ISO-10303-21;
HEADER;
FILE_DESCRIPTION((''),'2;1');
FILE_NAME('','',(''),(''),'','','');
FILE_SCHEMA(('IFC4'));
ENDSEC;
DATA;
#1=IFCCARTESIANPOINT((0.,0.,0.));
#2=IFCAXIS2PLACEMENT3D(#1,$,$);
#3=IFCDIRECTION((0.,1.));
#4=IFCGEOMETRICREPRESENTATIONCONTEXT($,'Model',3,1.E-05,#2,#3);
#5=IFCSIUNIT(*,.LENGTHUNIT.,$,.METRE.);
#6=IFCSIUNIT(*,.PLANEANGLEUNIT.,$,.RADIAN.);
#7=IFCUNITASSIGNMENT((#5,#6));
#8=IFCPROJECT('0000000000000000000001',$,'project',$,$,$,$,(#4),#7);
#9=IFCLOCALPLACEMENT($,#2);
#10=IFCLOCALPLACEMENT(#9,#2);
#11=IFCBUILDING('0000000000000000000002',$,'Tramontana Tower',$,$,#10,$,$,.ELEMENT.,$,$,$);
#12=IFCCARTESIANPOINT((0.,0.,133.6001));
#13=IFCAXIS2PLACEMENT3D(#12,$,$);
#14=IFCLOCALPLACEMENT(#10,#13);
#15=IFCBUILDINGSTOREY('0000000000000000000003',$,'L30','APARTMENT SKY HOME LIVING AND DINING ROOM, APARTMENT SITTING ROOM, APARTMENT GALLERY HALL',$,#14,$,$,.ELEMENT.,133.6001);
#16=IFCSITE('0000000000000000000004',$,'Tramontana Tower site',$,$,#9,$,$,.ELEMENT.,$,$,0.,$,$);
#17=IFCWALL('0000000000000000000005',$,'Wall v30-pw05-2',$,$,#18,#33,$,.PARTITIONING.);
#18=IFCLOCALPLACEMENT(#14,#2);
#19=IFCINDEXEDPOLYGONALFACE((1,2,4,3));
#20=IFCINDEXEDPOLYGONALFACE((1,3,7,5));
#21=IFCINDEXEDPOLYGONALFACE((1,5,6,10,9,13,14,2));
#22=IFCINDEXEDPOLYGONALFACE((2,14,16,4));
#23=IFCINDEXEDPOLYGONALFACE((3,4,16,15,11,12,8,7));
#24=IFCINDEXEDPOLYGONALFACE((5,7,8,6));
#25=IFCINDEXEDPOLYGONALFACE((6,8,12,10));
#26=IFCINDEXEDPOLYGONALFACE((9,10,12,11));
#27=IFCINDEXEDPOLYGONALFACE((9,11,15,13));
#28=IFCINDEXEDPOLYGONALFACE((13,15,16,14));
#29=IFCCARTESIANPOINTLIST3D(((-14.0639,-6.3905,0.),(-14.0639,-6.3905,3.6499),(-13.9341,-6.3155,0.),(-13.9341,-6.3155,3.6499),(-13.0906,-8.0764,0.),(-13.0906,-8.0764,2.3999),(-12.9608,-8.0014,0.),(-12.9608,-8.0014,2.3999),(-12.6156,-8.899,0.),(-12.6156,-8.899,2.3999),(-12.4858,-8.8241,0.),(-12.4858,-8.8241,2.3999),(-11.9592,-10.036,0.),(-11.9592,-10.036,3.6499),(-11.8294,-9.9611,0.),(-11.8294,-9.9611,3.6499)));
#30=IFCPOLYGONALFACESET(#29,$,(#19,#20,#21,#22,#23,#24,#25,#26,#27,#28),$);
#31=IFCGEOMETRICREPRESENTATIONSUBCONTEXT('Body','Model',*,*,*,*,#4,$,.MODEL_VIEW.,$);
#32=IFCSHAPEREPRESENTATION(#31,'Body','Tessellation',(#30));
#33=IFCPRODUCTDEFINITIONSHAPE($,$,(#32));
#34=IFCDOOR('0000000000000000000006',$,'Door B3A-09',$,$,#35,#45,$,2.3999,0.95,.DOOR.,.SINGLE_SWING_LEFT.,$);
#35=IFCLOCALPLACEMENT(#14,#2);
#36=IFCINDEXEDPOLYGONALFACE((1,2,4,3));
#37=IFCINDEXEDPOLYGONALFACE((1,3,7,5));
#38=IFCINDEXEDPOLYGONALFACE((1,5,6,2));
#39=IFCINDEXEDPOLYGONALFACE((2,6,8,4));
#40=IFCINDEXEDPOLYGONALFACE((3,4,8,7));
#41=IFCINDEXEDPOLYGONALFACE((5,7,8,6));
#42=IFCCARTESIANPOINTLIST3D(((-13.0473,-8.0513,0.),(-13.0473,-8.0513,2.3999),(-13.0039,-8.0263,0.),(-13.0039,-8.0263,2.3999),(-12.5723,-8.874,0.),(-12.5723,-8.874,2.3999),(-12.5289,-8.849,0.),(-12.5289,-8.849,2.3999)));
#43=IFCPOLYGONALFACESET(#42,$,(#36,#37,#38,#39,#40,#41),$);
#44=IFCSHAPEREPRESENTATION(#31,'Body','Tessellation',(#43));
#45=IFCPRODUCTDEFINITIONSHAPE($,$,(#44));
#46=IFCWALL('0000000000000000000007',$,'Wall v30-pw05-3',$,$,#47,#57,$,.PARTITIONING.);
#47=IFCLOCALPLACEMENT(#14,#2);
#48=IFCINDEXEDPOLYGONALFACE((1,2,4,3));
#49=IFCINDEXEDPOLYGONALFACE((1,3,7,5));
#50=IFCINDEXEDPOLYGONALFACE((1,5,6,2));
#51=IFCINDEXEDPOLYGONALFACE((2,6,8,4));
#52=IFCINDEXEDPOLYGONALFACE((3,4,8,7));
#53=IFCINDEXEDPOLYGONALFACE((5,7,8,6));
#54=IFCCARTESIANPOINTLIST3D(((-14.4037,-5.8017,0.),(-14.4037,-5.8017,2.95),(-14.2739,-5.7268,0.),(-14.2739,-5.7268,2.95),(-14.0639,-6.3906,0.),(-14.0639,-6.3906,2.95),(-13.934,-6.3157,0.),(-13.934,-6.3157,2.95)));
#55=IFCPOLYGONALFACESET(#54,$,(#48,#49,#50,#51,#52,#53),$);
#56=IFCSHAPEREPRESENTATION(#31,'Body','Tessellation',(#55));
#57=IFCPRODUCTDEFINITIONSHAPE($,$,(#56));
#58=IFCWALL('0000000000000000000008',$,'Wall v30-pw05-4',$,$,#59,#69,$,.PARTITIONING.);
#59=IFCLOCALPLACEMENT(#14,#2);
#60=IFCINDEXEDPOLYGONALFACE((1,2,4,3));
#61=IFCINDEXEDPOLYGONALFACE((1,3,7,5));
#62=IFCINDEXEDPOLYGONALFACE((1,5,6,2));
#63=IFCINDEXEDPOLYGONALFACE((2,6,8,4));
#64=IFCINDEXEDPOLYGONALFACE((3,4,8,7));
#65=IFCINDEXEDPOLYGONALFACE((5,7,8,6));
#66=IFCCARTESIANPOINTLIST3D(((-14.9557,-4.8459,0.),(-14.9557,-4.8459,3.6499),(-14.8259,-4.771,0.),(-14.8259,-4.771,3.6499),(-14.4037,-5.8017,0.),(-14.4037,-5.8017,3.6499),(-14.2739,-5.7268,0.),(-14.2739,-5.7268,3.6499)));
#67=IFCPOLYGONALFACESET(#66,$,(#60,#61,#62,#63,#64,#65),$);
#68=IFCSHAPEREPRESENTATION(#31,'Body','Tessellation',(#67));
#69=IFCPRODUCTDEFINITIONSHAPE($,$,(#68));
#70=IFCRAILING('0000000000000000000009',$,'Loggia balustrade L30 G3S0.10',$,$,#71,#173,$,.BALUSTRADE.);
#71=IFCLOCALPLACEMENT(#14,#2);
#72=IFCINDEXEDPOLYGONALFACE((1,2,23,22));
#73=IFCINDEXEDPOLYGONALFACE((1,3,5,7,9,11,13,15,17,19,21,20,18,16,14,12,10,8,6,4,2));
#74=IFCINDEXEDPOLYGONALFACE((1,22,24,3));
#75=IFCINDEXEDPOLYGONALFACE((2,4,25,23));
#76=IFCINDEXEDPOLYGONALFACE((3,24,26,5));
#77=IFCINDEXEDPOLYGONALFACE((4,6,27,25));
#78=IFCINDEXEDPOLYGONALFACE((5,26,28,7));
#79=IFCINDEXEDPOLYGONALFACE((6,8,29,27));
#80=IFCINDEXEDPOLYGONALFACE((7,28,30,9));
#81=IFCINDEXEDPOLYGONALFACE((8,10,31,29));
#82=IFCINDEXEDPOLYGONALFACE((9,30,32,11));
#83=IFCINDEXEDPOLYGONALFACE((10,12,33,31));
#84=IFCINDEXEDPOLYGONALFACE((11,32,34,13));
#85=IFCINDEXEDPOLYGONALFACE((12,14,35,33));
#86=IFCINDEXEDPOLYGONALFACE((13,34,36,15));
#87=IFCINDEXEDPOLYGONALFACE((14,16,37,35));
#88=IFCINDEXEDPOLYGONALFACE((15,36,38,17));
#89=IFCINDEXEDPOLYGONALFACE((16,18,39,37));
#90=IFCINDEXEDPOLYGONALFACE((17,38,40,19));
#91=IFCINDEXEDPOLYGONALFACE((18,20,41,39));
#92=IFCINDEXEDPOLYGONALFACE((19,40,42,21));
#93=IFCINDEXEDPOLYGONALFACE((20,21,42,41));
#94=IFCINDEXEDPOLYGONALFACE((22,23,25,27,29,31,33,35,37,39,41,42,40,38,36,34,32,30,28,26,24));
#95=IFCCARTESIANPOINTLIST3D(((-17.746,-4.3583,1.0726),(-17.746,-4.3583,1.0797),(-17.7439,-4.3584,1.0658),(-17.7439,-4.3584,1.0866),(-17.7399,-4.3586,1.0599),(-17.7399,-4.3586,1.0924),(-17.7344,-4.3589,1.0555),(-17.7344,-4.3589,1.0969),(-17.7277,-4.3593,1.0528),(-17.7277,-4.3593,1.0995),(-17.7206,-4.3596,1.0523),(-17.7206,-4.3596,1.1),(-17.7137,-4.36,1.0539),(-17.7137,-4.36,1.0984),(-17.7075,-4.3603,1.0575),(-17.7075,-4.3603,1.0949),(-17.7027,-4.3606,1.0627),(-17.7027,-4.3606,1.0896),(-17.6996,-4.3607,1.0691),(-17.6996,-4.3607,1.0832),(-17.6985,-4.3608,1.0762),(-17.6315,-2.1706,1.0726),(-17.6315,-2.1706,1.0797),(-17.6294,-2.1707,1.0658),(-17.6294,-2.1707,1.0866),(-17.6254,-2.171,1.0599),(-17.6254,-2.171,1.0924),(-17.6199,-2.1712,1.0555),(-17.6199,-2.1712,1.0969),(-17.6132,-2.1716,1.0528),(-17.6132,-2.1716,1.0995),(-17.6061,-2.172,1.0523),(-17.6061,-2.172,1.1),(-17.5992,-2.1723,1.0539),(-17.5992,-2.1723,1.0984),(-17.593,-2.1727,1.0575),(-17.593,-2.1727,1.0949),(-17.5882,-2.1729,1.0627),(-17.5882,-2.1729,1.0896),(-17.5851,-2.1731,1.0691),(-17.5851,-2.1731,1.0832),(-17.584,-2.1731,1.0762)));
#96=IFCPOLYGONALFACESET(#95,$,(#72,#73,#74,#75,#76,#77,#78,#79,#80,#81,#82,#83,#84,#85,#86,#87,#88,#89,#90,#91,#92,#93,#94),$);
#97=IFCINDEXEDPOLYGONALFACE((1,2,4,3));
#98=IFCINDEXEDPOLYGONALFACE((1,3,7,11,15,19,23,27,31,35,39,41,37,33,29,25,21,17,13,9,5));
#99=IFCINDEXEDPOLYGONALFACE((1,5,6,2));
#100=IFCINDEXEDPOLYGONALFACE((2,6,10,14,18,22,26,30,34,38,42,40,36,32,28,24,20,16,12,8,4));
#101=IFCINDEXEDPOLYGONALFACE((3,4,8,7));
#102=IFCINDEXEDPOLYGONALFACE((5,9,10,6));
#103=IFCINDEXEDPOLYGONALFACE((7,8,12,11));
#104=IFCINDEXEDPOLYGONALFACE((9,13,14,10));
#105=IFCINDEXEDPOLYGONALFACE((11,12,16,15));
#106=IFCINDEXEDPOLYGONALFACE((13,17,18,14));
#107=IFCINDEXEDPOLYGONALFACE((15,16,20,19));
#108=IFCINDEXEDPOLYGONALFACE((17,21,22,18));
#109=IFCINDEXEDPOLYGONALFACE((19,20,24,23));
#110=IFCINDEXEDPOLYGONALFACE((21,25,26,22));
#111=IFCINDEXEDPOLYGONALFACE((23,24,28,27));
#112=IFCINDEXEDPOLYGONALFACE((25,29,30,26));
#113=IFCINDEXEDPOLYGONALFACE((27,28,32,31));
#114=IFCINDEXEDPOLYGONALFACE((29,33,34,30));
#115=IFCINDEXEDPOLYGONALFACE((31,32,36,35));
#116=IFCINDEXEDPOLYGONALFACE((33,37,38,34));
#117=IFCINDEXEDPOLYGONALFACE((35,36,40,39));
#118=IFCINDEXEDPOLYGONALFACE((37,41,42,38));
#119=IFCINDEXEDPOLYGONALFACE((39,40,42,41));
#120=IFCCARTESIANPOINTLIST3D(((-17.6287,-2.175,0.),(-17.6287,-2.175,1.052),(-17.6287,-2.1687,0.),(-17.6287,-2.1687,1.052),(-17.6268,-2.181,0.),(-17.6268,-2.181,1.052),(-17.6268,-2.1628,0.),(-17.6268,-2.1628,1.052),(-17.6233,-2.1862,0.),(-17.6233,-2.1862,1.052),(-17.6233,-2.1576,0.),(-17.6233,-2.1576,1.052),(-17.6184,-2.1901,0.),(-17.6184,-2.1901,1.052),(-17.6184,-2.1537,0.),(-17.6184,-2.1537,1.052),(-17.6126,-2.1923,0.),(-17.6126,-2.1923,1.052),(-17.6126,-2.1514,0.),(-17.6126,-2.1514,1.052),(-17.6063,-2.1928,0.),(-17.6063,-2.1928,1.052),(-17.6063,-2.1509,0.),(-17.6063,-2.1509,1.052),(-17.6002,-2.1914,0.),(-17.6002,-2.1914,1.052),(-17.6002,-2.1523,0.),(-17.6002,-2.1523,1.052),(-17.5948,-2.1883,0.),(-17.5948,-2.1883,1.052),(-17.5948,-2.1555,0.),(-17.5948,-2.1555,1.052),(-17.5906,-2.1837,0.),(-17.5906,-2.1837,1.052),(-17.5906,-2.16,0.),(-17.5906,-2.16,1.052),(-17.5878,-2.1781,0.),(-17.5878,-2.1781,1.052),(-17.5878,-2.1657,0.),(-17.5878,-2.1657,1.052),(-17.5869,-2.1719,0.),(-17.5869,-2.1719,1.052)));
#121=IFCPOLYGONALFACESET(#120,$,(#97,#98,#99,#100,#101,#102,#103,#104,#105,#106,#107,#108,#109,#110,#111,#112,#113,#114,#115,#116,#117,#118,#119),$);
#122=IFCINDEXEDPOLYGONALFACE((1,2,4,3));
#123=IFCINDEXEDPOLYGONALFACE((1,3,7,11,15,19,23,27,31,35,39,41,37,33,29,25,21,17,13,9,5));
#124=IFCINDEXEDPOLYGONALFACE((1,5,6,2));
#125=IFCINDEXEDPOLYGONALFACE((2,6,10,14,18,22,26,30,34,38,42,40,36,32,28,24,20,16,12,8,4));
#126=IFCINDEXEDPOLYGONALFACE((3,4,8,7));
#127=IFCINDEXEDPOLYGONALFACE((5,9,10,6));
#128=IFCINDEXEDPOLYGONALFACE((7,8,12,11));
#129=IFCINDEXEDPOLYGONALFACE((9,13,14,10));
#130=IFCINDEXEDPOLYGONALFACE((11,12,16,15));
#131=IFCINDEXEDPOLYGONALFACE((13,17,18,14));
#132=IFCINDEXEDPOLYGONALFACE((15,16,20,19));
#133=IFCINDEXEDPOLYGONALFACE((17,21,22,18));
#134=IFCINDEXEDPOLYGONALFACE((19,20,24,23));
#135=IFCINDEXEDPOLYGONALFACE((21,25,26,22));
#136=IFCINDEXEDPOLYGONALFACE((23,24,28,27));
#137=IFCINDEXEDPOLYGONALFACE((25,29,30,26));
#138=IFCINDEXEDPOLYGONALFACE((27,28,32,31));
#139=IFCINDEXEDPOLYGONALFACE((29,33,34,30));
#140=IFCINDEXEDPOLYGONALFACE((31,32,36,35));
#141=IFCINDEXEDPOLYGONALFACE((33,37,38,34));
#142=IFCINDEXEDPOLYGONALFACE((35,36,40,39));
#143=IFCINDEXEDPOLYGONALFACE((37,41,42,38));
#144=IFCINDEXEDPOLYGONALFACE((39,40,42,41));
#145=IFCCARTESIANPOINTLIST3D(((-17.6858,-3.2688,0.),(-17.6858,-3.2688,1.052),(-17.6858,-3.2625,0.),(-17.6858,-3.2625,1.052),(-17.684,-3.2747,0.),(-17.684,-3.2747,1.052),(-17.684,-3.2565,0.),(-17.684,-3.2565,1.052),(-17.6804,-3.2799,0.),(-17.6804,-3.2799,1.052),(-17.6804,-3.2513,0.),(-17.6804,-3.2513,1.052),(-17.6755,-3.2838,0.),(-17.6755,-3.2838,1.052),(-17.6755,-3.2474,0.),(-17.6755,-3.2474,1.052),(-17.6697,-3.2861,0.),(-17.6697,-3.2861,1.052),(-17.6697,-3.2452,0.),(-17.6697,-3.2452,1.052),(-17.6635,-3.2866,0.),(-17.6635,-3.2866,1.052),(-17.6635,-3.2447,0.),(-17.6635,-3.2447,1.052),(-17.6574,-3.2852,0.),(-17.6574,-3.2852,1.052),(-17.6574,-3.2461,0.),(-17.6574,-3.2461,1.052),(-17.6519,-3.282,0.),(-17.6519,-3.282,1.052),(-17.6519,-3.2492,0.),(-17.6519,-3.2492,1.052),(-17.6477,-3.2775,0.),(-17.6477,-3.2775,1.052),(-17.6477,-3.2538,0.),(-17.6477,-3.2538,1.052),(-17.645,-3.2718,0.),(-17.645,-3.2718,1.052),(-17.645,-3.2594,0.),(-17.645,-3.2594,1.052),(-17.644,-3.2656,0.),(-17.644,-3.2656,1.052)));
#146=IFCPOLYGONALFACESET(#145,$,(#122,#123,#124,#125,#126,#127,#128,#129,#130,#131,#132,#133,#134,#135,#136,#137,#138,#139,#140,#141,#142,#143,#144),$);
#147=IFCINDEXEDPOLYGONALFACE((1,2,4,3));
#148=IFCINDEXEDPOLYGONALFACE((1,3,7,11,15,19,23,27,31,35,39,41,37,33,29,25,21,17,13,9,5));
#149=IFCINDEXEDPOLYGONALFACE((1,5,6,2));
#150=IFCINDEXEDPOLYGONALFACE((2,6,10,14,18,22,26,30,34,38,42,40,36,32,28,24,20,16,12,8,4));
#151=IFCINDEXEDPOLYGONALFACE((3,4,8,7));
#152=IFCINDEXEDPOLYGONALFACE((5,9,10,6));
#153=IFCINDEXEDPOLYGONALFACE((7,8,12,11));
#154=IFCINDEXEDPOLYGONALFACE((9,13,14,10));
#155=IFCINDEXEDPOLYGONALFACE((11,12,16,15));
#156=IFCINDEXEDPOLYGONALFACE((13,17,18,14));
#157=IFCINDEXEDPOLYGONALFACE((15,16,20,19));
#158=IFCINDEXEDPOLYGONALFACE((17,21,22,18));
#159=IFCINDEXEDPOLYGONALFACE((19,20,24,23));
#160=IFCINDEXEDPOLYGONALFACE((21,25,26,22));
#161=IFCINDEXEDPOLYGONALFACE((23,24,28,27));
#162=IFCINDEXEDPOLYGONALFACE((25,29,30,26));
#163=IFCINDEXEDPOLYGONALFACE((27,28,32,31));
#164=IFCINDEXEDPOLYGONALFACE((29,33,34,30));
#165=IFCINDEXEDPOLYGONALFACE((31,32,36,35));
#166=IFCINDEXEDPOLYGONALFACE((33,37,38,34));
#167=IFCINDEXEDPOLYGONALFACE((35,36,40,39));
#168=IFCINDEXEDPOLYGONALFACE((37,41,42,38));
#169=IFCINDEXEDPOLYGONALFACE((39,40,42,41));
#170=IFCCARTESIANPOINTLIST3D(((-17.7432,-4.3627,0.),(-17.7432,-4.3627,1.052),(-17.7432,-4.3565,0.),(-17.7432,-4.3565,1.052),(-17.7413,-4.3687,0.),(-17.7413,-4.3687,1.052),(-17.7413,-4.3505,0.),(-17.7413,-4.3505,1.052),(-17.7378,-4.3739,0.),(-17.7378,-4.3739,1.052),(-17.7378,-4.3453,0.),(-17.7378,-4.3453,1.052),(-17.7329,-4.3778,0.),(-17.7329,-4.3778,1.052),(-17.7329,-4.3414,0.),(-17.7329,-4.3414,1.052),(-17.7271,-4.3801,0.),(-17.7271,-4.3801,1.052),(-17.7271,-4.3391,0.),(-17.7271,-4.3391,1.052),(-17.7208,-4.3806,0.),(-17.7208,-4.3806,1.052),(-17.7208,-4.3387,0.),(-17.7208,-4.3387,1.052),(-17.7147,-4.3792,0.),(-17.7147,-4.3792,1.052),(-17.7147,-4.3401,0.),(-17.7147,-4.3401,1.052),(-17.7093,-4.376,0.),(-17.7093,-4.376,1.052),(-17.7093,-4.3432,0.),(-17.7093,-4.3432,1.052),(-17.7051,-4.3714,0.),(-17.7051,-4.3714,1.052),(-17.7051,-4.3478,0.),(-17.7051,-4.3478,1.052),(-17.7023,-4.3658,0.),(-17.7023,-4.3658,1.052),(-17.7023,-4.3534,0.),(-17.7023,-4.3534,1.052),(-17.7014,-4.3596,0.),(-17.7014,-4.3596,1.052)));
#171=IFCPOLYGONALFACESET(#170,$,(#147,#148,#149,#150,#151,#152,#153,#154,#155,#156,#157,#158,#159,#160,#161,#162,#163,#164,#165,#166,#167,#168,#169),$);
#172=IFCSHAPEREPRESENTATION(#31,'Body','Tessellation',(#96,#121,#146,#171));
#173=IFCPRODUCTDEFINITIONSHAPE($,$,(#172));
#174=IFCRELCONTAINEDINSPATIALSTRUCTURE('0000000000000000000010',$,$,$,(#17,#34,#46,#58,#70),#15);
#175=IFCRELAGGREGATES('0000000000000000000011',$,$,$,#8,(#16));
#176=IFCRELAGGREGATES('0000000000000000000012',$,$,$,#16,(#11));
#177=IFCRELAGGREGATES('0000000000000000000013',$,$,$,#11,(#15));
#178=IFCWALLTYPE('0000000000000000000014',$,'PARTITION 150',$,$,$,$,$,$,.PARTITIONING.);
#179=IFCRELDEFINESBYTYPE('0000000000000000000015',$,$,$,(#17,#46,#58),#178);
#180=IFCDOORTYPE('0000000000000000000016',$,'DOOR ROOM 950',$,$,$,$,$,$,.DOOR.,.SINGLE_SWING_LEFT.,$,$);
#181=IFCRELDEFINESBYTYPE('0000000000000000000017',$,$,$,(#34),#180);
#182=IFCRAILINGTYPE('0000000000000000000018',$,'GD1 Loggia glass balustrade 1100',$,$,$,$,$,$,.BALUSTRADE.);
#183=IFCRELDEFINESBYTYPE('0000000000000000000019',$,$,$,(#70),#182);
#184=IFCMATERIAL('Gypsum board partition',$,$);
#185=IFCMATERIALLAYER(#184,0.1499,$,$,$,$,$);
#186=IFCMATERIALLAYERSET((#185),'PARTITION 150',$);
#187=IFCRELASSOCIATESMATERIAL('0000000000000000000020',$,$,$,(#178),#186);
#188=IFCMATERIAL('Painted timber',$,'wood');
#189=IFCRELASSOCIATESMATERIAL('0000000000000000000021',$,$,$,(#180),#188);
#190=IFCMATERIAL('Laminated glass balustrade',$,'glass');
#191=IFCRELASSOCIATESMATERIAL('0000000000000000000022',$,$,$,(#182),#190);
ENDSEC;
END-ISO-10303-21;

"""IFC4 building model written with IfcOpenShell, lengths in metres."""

from ifc_helpers import new_model, si_unit, direction, frame, frame_2d, origin, origin_2d, place, context, subcontext, project, spatial, rectangle, circle, extrude, material, layer, layer_set, type_object, element, fill, save


model = new_model("IFC4")

# Units and contexts
model_context = context("Model", 3, precision=1e-05, world=origin(), true_north=direction((0.0, 1.0)))
body_context = subcontext(model_context, "Body", "Model", "MODEL_VIEW")
ifc_project = project(units=[si_unit("LENGTHUNIT", "METRE"), si_unit("PLANEANGLEUNIT", "RADIAN")], contexts=[model_context])

# Site, building, storey
site_placement = place(None, origin())
site = spatial("IfcSite", under=ifc_project, at=site_placement, Name="Tramontana Tower site", CompositionType="ELEMENT", RefElevation=0.0)
building_placement = place(site_placement, origin())
building = spatial("IfcBuilding", under=site, at=building_placement, Name="Tramontana Tower", CompositionType="ELEMENT")
storey_placement = place(building_placement, frame((0.0, 0.0, 133.6001)))
storey = spatial("IfcBuildingStorey", under=building, at=storey_placement, Name="L30", Description="APARTMENT SKY HOME LIVING AND DINING ROOM, APARTMENT SITTING ROOM, APARTMENT GALLERY HALL", CompositionType="ELEMENT", Elevation=133.6001)

# Shared definitions
ifc_material_1 = material(Name="Gypsum board partition")
ifc_layer_1 = layer(ifc_material_1, 0.1499)
ifc_layer_set_1 = layer_set([ifc_layer_1], Name="PARTITION 150")
wall_type_1 = type_object("IfcWallType", Name="PARTITION 150", PredefinedType="PARTITIONING", material=ifc_layer_set_1)

# Wall, opening, door
wall_1_placement = place(storey_placement, frame((-11.8943, -9.9985, 0.0), z_axis=(0.0, 0.0, 1.0), x_axis=(-0.5, 0.866025, 0.0)))
wall_1 = element("IfcWall", 1, at=wall_1_placement, inside=storey, type_object=wall_type_1, Name="Wall v30-pw05-2", PredefinedType="PARTITIONING", context=body_context, shape_type="SweptSolid", body=[
    extrude(rectangle(XDim=4.2095, YDim=0.1499, at=frame_2d((2.1047, 0.0))), origin(), (0.0, 0.0, 1.0), 3.6499),
])
opening_1_placement = place(wall_1_placement, frame((1.3127, 0.0, 0.0)))
opening_1 = element("IfcOpeningElement", 2, at=opening_1_placement, cuts=wall_1, PredefinedType="OPENING", context=body_context, shape_type="SweptSolid", body=[
    extrude(rectangle(XDim=0.95, YDim=2.3999, at=frame_2d((0.4751, 1.2))), frame((0.0, 0.085, 0.0), z_axis=(0.0, -1.0, 0.0), x_axis=(1.0, 0.0, 0.0)), (0.0, 0.0, 1.0), 0.1699),
])
ifc_material_2 = material(Name="Painted timber", Category="wood")
door_type_1 = type_object("IfcDoorType", Name="DOOR ROOM 950", OperationType="SINGLE_SWING_LEFT", PredefinedType="DOOR", material=ifc_material_2)
door_1_placement = place(opening_1_placement, origin())
door_1 = element("IfcDoor", 3, at=door_1_placement, inside=storey, type_object=door_type_1, Name="Door B3A-09", OperationType="SINGLE_SWING_LEFT", OverallHeight=2.3999, OverallWidth=0.95, PredefinedType="DOOR", context=body_context, shape_type="SweptSolid", body=[
    extrude(rectangle(XDim=0.95, YDim=2.3999, at=frame_2d((0.4751, 1.2))), frame((0.0, 0.0249, 0.0), z_axis=(0.0, -1.0, 0.0), x_axis=(1.0, 0.0, 0.0)), (0.0, 0.0, 1.0), 0.05),
])
fill(opening_1, door_1)

# Walls
wall_2_placement = place(storey_placement, frame((-13.999, -6.353, 0.0), z_axis=(0.0, 0.0, 1.0), x_axis=(-0.499847, 0.866114, 0.0)))
element("IfcWall", 4, at=wall_2_placement, inside=storey, type_object=wall_type_1, Name="Wall v30-pw05-3", PredefinedType="PARTITIONING", context=body_context, shape_type="SweptSolid", body=[
    extrude(rectangle(XDim=0.6799, YDim=0.1499, at=frame_2d((0.3398, 0.0))), origin(), (0.0, 0.0, 1.0), 2.95),
])
wall_3_placement = place(storey_placement, frame((-14.3389, -5.7642, 0.0), z_axis=(0.0, 0.0, 1.0), x_axis=(-0.500112, 0.865961, 0.0)))
element("IfcWall", 5, at=wall_3_placement, inside=storey, type_object=wall_type_1, Name="Wall v30-pw05-4", PredefinedType="PARTITIONING", context=body_context, shape_type="SweptSolid", body=[
    extrude(rectangle(XDim=1.1038, YDim=0.1499, at=frame_2d((0.5518, 0.0))), origin(), (0.0, 0.0, 1.0), 3.6499),
])

# Railing
ifc_material_3 = material(Name="Laminated glass balustrade", Category="glass")
railing_type = type_object("IfcRailingType", Name="GD1 Loggia glass balustrade 1100", PredefinedType="BALUSTRADE", material=ifc_material_3)
railing_placement = place(storey_placement, frame((-17.6079, -2.1719, 0.0)))
element("IfcRailing", 6, at=railing_placement, inside=storey, type_object=railing_type, Name="Loggia balustrade L30 G3S0.10", PredefinedType="BALUSTRADE", context=body_context, shape_type="SweptSolid", body=[
    extrude(circle(Radius=0.0239, at=origin_2d()), frame((0.0, 0.0, 1.0762), z_axis=(-0.052266, -0.998633, 0.0), x_axis=(0.998633, -0.052266, 0.0)), (0.0, 0.0, 1.0), 2.1907),
    extrude(circle(Radius=0.021, at=origin_2d()), origin(), (0.0, 0.0, 1.0), 1.052),
    extrude(circle(Radius=0.021, at=origin_2d()), frame((-0.0571, -1.0938, 0.0)), (0.0, 0.0, 1.0), 1.052),
    extrude(circle(Radius=0.021, at=origin_2d()), frame((-0.1145, -2.1877, 0.0)), (0.0, 0.0, 1.0), 1.052),
])

save(model, "model.ifc")
